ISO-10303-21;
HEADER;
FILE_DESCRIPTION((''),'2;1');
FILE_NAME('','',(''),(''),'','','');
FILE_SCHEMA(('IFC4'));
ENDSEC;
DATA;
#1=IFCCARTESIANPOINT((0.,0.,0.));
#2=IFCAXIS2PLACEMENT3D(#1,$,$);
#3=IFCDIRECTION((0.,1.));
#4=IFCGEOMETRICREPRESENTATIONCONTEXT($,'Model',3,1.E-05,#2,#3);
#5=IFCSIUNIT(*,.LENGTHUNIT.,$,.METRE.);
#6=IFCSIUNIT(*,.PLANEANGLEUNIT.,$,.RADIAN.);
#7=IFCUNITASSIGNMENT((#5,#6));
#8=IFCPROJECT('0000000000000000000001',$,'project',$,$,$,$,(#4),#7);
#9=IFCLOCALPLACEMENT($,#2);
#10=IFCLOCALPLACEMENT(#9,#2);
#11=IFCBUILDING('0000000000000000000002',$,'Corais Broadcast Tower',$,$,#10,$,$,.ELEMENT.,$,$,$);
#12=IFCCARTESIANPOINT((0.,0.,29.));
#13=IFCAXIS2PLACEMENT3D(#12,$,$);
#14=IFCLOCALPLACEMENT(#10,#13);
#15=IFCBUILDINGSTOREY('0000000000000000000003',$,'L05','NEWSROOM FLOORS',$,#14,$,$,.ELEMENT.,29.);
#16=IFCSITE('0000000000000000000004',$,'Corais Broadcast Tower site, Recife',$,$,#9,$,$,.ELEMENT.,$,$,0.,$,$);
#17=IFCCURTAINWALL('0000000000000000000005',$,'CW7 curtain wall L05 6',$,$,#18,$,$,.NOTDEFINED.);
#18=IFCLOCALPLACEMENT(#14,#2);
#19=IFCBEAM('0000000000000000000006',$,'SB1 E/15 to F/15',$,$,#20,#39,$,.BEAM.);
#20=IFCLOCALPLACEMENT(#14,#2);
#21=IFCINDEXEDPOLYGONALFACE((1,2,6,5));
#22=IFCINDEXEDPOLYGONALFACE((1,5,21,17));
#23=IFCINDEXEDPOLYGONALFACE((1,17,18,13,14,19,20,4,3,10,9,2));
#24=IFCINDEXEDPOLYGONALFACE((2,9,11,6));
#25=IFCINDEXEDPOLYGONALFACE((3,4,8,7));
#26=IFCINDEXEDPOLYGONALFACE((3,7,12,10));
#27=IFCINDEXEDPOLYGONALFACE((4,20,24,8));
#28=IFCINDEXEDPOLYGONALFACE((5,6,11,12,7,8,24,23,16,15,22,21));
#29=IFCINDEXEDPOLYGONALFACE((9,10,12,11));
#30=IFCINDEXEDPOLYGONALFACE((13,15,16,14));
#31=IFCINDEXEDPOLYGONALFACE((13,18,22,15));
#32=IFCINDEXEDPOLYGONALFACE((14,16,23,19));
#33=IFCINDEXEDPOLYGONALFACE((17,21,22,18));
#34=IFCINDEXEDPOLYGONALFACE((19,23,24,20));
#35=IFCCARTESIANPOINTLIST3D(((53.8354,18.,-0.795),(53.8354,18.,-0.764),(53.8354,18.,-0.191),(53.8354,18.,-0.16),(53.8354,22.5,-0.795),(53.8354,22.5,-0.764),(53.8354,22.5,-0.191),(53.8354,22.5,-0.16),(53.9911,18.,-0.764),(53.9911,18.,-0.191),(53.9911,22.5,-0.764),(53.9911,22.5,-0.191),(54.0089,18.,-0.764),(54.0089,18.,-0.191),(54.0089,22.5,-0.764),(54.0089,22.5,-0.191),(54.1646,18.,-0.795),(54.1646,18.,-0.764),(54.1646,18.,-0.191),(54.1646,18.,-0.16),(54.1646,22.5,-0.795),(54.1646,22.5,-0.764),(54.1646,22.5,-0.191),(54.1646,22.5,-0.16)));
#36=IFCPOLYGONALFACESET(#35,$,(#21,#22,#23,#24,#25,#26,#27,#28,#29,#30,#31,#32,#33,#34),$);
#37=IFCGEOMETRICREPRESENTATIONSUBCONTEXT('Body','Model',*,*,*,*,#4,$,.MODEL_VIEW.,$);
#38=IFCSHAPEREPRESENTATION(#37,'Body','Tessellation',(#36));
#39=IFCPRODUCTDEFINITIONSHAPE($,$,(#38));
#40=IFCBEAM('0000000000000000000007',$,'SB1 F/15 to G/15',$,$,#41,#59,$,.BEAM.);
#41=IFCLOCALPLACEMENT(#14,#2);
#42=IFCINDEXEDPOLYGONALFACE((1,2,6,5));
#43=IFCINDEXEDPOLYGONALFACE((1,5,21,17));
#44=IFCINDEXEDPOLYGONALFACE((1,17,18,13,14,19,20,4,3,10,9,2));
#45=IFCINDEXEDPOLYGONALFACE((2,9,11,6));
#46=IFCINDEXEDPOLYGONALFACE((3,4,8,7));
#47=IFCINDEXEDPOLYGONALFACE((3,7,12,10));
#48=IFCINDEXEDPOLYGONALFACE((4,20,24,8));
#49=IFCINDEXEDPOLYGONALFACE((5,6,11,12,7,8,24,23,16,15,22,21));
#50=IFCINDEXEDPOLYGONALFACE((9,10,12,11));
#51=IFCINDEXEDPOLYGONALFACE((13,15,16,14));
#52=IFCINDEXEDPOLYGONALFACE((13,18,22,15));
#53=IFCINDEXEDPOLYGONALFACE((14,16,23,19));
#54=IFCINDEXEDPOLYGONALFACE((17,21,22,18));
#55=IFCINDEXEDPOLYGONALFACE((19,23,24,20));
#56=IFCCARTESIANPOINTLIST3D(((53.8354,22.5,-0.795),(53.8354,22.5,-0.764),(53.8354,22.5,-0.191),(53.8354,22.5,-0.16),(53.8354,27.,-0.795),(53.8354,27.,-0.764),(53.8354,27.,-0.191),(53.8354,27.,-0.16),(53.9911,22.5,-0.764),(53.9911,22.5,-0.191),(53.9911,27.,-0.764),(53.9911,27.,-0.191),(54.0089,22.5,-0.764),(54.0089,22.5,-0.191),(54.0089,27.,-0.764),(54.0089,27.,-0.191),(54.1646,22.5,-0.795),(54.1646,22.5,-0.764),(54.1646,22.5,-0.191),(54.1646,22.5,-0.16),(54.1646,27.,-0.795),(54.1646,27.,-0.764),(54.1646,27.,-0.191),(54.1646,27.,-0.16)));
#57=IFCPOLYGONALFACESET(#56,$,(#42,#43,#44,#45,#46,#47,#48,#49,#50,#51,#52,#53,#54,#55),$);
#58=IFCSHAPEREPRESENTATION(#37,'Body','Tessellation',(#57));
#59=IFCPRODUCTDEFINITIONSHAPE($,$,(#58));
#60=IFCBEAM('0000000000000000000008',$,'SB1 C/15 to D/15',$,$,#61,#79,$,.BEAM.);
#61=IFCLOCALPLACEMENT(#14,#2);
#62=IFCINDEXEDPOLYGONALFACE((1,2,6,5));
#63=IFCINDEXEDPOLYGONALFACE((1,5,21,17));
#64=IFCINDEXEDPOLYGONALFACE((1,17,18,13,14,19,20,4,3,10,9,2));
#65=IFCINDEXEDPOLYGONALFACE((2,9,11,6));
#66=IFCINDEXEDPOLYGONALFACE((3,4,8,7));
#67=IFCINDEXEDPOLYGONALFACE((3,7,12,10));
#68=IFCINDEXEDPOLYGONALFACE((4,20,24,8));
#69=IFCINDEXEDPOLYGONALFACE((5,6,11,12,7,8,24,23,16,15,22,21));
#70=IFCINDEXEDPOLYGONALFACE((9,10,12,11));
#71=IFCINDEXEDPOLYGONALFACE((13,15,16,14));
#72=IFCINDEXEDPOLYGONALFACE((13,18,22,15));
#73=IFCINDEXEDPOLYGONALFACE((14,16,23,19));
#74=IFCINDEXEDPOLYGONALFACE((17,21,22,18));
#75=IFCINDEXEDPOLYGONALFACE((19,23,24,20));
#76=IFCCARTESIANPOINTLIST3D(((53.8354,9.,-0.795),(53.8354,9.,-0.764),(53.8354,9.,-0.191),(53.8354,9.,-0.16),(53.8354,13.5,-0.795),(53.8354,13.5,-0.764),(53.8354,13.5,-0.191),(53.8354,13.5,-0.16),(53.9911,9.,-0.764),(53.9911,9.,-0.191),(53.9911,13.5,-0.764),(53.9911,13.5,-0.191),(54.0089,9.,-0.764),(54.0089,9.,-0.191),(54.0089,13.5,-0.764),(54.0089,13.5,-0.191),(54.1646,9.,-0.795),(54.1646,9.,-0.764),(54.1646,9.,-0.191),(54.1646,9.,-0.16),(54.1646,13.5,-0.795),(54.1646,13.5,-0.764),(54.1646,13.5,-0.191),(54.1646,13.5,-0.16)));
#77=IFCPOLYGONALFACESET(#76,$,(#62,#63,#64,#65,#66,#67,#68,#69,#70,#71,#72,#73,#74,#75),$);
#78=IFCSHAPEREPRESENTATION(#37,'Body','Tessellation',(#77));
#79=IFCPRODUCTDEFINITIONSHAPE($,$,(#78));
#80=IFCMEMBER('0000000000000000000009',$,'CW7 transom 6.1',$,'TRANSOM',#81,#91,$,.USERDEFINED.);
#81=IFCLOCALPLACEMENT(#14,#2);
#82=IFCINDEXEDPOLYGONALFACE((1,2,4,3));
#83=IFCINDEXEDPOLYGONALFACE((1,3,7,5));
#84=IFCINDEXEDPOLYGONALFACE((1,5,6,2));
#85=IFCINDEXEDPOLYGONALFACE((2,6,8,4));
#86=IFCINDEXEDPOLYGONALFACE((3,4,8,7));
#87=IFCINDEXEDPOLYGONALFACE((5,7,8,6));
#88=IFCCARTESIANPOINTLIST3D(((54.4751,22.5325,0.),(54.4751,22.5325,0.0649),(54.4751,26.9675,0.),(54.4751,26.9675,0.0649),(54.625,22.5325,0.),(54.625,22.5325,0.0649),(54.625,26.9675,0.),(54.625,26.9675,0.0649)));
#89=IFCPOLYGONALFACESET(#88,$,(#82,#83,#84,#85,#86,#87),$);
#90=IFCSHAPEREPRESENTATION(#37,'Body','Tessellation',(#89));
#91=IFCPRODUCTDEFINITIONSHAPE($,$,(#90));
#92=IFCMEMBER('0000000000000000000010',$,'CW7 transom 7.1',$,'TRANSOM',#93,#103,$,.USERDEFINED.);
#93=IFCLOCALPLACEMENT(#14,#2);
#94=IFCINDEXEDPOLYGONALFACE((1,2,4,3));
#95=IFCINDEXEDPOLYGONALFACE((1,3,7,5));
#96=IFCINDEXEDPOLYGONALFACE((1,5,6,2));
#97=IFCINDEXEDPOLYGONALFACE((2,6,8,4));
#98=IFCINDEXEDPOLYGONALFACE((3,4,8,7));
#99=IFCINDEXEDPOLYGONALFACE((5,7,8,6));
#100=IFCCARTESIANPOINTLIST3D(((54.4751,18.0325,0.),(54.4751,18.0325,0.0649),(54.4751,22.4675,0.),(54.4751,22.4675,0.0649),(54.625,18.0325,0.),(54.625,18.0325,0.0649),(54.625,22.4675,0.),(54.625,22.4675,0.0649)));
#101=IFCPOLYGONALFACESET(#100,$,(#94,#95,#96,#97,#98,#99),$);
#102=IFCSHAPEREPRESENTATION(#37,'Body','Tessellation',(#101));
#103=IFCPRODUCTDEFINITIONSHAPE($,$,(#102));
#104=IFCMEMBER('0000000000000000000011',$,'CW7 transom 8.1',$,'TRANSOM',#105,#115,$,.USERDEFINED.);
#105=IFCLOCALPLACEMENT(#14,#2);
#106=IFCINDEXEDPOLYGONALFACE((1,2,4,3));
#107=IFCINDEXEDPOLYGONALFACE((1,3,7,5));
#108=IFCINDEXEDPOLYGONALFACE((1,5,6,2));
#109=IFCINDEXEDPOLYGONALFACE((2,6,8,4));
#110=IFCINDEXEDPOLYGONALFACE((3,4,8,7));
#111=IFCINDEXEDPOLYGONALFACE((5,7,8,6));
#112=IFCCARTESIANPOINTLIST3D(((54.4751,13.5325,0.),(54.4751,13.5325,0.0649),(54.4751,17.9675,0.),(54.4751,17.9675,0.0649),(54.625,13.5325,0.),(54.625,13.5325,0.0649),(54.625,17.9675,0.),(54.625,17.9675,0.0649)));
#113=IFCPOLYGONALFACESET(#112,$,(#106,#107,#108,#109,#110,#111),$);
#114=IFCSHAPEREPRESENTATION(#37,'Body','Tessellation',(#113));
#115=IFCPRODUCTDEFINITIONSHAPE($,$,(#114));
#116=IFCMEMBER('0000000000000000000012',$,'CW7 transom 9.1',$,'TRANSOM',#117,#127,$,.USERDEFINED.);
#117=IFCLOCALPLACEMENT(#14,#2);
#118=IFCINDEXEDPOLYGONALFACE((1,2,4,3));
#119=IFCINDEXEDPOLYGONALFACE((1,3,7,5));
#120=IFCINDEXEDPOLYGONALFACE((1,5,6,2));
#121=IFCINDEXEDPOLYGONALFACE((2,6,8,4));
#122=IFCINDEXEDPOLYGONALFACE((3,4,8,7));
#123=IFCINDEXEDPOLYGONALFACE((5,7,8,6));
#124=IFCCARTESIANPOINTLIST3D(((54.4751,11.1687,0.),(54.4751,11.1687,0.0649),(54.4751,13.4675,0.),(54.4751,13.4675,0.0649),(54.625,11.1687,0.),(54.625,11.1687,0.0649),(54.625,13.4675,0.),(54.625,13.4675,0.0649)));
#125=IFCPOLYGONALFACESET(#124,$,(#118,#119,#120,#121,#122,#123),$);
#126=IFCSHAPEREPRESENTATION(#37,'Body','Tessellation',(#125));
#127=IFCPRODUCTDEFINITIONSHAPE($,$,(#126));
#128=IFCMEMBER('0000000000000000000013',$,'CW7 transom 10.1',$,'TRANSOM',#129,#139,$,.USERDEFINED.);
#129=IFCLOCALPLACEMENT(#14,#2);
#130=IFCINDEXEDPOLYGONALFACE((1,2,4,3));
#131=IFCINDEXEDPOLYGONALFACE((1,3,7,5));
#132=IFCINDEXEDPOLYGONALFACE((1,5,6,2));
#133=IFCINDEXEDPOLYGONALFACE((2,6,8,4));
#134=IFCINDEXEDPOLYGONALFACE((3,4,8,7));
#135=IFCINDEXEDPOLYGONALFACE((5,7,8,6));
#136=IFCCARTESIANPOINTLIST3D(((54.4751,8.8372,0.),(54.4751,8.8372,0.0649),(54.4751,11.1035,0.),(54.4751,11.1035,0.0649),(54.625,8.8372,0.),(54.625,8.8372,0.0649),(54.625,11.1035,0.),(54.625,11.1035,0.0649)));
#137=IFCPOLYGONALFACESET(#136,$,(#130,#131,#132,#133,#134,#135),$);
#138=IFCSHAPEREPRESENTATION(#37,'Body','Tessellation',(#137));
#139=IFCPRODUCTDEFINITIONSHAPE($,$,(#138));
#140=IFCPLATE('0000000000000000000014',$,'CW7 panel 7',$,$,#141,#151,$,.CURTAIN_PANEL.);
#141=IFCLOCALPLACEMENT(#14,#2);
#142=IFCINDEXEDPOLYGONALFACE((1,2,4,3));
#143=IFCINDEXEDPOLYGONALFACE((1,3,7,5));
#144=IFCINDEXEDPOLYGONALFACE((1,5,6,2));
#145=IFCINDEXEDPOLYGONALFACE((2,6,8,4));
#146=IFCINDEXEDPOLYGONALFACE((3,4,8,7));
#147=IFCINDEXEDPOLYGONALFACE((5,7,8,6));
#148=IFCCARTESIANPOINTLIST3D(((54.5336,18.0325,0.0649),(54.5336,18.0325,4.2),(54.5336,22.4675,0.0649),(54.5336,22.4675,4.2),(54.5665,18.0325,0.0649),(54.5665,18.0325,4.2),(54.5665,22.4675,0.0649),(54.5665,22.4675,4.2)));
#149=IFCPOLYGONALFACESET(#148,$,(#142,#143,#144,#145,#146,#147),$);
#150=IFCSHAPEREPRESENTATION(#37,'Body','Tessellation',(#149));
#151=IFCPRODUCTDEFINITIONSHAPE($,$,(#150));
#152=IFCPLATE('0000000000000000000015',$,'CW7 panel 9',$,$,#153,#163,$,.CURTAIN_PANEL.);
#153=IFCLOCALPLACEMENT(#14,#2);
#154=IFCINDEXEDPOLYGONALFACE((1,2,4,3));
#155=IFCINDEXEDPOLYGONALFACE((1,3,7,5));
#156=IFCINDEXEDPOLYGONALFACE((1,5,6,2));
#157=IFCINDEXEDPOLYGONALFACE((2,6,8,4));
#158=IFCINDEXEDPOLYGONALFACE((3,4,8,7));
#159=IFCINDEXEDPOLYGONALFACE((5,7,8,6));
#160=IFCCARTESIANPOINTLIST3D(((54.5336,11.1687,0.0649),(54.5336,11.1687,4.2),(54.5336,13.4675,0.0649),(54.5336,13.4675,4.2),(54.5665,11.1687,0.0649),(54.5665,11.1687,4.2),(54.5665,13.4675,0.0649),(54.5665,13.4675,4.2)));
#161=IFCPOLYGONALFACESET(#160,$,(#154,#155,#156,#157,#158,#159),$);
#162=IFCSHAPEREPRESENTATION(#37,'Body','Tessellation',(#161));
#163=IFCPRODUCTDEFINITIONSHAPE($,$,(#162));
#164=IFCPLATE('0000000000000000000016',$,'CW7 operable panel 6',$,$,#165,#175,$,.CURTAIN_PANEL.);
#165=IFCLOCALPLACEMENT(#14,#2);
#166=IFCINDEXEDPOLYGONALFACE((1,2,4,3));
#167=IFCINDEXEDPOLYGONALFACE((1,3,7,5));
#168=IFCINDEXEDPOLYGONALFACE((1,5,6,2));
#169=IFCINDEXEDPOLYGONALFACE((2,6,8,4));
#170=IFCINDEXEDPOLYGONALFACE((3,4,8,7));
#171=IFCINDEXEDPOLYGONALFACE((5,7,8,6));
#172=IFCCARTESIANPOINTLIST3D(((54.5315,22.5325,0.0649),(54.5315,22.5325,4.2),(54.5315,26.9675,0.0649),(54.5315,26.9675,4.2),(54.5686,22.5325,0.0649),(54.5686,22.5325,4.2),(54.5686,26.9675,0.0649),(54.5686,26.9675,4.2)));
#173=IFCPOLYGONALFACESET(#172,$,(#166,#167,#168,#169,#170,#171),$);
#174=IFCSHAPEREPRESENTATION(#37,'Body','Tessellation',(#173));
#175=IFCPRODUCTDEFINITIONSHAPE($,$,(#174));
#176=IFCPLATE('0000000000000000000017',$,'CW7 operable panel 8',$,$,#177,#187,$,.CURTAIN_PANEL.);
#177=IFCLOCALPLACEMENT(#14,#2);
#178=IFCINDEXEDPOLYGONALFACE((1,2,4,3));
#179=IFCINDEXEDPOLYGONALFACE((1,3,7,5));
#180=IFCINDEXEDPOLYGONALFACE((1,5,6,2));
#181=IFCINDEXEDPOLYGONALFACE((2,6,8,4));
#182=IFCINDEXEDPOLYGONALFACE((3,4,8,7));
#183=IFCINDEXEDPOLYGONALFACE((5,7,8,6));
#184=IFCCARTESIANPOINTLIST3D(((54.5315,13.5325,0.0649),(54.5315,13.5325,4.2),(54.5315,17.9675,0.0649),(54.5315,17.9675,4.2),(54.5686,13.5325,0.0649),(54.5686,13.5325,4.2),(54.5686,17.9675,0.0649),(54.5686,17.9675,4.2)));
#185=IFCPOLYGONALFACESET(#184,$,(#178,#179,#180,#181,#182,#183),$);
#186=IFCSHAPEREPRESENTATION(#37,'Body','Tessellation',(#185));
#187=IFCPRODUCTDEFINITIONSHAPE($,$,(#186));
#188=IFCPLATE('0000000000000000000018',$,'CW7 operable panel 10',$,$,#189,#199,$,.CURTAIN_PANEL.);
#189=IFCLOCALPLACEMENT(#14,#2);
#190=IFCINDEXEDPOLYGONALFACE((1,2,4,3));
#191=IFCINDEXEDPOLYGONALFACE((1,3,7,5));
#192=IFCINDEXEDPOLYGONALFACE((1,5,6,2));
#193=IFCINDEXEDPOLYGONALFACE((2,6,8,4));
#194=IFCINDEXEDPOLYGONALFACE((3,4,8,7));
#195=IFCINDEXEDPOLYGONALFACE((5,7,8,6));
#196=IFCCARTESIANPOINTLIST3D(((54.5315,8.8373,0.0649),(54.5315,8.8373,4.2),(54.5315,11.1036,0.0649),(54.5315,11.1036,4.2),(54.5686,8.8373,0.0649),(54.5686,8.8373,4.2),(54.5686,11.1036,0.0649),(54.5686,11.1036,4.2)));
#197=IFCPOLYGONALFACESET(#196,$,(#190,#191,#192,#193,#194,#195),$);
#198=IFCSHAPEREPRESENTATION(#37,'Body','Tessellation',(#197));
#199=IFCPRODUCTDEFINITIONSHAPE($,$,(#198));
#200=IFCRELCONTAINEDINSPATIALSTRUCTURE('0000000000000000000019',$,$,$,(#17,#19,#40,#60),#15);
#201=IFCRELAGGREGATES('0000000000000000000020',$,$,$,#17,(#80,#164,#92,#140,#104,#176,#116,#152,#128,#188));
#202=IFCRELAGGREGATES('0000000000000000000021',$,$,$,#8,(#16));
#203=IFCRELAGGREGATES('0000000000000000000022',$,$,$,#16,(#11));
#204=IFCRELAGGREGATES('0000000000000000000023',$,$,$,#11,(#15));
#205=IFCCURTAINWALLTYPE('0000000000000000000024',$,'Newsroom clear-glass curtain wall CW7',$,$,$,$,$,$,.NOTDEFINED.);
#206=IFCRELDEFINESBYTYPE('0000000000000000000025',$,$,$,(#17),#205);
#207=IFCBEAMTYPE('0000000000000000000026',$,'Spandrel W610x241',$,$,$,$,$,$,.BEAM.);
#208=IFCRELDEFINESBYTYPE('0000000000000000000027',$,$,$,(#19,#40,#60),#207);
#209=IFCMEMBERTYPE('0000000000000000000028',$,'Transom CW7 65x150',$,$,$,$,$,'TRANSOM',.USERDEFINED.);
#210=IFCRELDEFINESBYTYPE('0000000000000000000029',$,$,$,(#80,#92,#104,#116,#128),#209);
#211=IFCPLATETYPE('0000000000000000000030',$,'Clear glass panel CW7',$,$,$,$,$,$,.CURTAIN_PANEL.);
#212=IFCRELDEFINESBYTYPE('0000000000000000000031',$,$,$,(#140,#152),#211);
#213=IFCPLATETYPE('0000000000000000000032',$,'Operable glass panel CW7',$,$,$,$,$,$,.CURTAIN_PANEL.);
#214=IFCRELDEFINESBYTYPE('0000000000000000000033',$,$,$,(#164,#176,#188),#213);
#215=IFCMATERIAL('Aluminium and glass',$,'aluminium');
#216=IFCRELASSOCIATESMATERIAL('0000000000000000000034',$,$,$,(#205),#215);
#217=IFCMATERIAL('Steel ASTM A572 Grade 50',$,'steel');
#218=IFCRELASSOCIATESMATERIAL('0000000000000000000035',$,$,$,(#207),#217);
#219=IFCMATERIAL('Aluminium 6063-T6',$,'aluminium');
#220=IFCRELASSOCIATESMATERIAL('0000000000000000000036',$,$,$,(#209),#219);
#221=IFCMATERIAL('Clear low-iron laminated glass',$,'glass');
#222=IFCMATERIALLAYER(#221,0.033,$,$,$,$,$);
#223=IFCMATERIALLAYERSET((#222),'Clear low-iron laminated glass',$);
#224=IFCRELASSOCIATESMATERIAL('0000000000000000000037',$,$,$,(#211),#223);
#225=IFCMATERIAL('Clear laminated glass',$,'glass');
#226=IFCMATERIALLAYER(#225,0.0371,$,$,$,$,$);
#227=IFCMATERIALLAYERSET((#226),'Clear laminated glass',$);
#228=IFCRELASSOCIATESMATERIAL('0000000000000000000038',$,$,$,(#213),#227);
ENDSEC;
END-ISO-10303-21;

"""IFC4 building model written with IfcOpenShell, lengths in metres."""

from ifc_helpers import new_model, si_unit, direction, frame, origin, origin_2d, place, context, subcontext, project, spatial, rectangle, i_section, extrude, material, layer, layer_set, material_profile, profile_set, type_object, element, aggregate, save


model = new_model("IFC4")

# Units and contexts
model_context = context("Model", 3, precision=1e-05, world=origin(), true_north=direction((0.0, 1.0)))
body_context = subcontext(model_context, "Body", "Model", "MODEL_VIEW")
ifc_project = project(units=[si_unit("LENGTHUNIT", "METRE"), si_unit("PLANEANGLEUNIT", "RADIAN")], contexts=[model_context])

# Site, building, storey
site_placement = place(None, origin())
site = spatial("IfcSite", under=ifc_project, at=site_placement, Name="Corais Broadcast Tower site, Recife", CompositionType="ELEMENT", RefElevation=0.0)
building_placement = place(site_placement, origin())
building = spatial("IfcBuilding", under=site, at=building_placement, Name="Corais Broadcast Tower", CompositionType="ELEMENT")
storey_placement = place(building_placement, frame((0.0, 0.0, 29.0)))
storey = spatial("IfcBuildingStorey", under=building, at=storey_placement, Name="L05", Description="NEWSROOM FLOORS", CompositionType="ELEMENT", Elevation=29.0)

# Curtain wall
ifc_material_1 = material(Name="Aluminium and glass", Category="aluminium")
curtain_wall_type = type_object("IfcCurtainWallType", Name="Newsroom clear-glass curtain wall CW7", PredefinedType="NOTDEFINED", material=ifc_material_1)
curtain_wall_placement = place(storey_placement, origin())
curtain_wall = element("IfcCurtainWall", 1, at=curtain_wall_placement, inside=storey, type_object=curtain_wall_type, Name="CW7 curtain wall L05 6", PredefinedType="NOTDEFINED")

# Beams
ifc_material_2 = material(Name="Steel ASTM A572 Grade 50", Category="steel")
ifc_material_profile_1 = material_profile(ifc_material_2, i_section(OverallWidth=0.3291, OverallDepth=0.635, WebThickness=0.0178, FlangeThickness=0.031, at=origin_2d()), Name="W610x241")
ifc_profile_set_1 = profile_set([ifc_material_profile_1], Name="Steel ASTM A572 Grade 50")
beam_type_1 = type_object("IfcBeamType", Name="Spandrel W610x241", PredefinedType="BEAM", material=ifc_profile_set_1)
for number, where, z_axis, x_axis, name in (
    (2, (54.0, 18.0, -0.4775), (0.0, 1.0, 0.0), (-1.0, 0.0, 0.0), "SB1 E/15 to F/15"),
    (3, (54.0, 22.5, -0.4775), (0.0, 1.0, 0.0), (-1.0, 0.0, 0.0), "SB1 F/15 to G/15"),
    (4, (54.0, 9.0, -0.4775), (0.0, 1.0, 0.0), (-1.0, 0.0, 0.0), "SB1 C/15 to D/15"),
):
    element("IfcBeam", number, at=place(storey_placement, frame(where, z_axis=z_axis, x_axis=x_axis)), inside=storey, type_object=beam_type_1, Name=name, PredefinedType="BEAM", context=body_context, shape_type="SweptSolid", body=[
        extrude(i_section(OverallWidth=0.3291, OverallDepth=0.635, WebThickness=0.0178, FlangeThickness=0.031, at=origin_2d()), origin(), (0.0, 0.0, 1.0), 4.5),
    ])

# Members
ifc_material_3 = material(Name="Aluminium 6063-T6", Category="aluminium")
ifc_material_profile_2 = material_profile(ifc_material_3, rectangle(XDim=0.1499, YDim=0.0649, at=origin_2d()), Name="Transom CW7 65x150")
ifc_profile_set_2 = profile_set([ifc_material_profile_2], Name="Aluminium 6063-T6")
member_type_1 = type_object("IfcMemberType", Name="Transom CW7 65x150", ElementType="TRANSOM", PredefinedType="USERDEFINED", material=ifc_profile_set_2)
member_1_placement = place(storey_placement, frame((54.55, 26.9675, 0.0325), z_axis=(0.0, -1.0, 0.0), x_axis=(1.0, 0.0, 0.0)))
member_1 = element("IfcMember", 5, at=member_1_placement, type_object=member_type_1, Name="CW7 transom 6.1", ObjectType="TRANSOM", PredefinedType="USERDEFINED", context=body_context, shape_type="SweptSolid", body=[
    extrude(rectangle(XDim=0.1499, YDim=0.0649, at=origin_2d()), origin(), (0.0, 0.0, 1.0), 4.4351),
])
member_2_placement = place(storey_placement, frame((54.55, 22.4675, 0.0325), z_axis=(0.0, -1.0, 0.0), x_axis=(1.0, 0.0, 0.0)))
member_2 = element("IfcMember", 6, at=member_2_placement, type_object=member_type_1, Name="CW7 transom 7.1", ObjectType="TRANSOM", PredefinedType="USERDEFINED", context=body_context, shape_type="SweptSolid", body=[
    extrude(rectangle(XDim=0.1499, YDim=0.0649, at=origin_2d()), origin(), (0.0, 0.0, 1.0), 4.4351),
])
member_3_placement = place(storey_placement, frame((54.55, 17.9675, 0.0325), z_axis=(0.0, -1.0, 0.0), x_axis=(1.0, 0.0, 0.0)))
member_3 = element("IfcMember", 7, at=member_3_placement, type_object=member_type_1, Name="CW7 transom 8.1", ObjectType="TRANSOM", PredefinedType="USERDEFINED", context=body_context, shape_type="SweptSolid", body=[
    extrude(rectangle(XDim=0.1499, YDim=0.0649, at=origin_2d()), origin(), (0.0, 0.0, 1.0), 4.4351),
])
member_4_placement = place(storey_placement, frame((54.55, 13.4675, 0.0325), z_axis=(0.0, -1.0, 0.0), x_axis=(1.0, 0.0, 0.0)))
member_4 = element("IfcMember", 8, at=member_4_placement, type_object=member_type_1, Name="CW7 transom 9.1", ObjectType="TRANSOM", PredefinedType="USERDEFINED", context=body_context, shape_type="SweptSolid", body=[
    extrude(rectangle(XDim=0.1499, YDim=0.0649, at=origin_2d()), origin(), (0.0, 0.0, 1.0), 2.2988),
])
member_5_placement = place(storey_placement, frame((54.55, 11.1035, 0.0325), z_axis=(0.0, -1.0, 0.0), x_axis=(1.0, 0.0, 0.0)))
member_5 = element("IfcMember", 9, at=member_5_placement, type_object=member_type_1, Name="CW7 transom 10.1", ObjectType="TRANSOM", PredefinedType="USERDEFINED", context=body_context, shape_type="SweptSolid", body=[
    extrude(rectangle(XDim=0.1499, YDim=0.0649, at=origin_2d()), origin(), (0.0, 0.0, 1.0), 2.2664),
])

# Plates
ifc_material_4 = material(Name="Clear low-iron laminated glass", Category="glass")
ifc_layer_1 = layer(ifc_material_4, 0.033)
ifc_layer_set_1 = layer_set([ifc_layer_1], Name="Clear low-iron laminated glass")
plate_type_1 = type_object("IfcPlateType", Name="Clear glass panel CW7", PredefinedType="CURTAIN_PANEL", material=ifc_layer_set_1)
plate_1_placement = place(storey_placement, frame((54.55, 20.25, 0.0649), z_axis=(0.0, 0.0, 1.0), x_axis=(0.0, -1.0, 0.0)))
plate_1 = element("IfcPlate", 10, at=plate_1_placement, type_object=plate_type_1, Name="CW7 panel 7", PredefinedType="CURTAIN_PANEL", context=body_context, shape_type="SweptSolid", body=[
    extrude(rectangle(XDim=4.4351, YDim=0.033, at=origin_2d()), origin(), (0.0, 0.0, 1.0), 4.135),
])
plate_2_placement = place(storey_placement, frame((54.55, 12.3181, 0.0649), z_axis=(0.0, 0.0, 1.0), x_axis=(0.0, -1.0, 0.0)))
plate_2 = element("IfcPlate", 11, at=plate_2_placement, type_object=plate_type_1, Name="CW7 panel 9", PredefinedType="CURTAIN_PANEL", context=body_context, shape_type="SweptSolid", body=[
    extrude(rectangle(XDim=2.2988, YDim=0.033, at=origin_2d()), origin(), (0.0, 0.0, 1.0), 4.135),
])
ifc_material_5 = material(Name="Clear laminated glass", Category="glass")
ifc_layer_2 = layer(ifc_material_5, 0.0371)
ifc_layer_set_2 = layer_set([ifc_layer_2], Name="Clear laminated glass")
plate_type_2 = type_object("IfcPlateType", Name="Operable glass panel CW7", PredefinedType="CURTAIN_PANEL", material=ifc_layer_set_2)
plate_3_placement = place(storey_placement, frame((54.55, 24.75, 0.0649), z_axis=(0.0, 0.0, 1.0), x_axis=(0.0, -1.0, 0.0)))
plate_3 = element("IfcPlate", 12, at=plate_3_placement, type_object=plate_type_2, Name="CW7 operable panel 6", PredefinedType="CURTAIN_PANEL", context=body_context, shape_type="SweptSolid", body=[
    extrude(rectangle(XDim=4.4351, YDim=0.0371, at=origin_2d()), origin(), (0.0, 0.0, 1.0), 4.135),
])
plate_4_placement = place(storey_placement, frame((54.55, 15.75, 0.0649), z_axis=(0.0, 0.0, 1.0), x_axis=(0.0, -1.0, 0.0)))
plate_4 = element("IfcPlate", 13, at=plate_4_placement, type_object=plate_type_2, Name="CW7 operable panel 8", PredefinedType="CURTAIN_PANEL", context=body_context, shape_type="SweptSolid", body=[
    extrude(rectangle(XDim=4.4351, YDim=0.0371, at=origin_2d()), origin(), (0.0, 0.0, 1.0), 4.135),
])
plate_5_placement = place(storey_placement, frame((54.55, 9.9705, 0.0649), z_axis=(0.0, 0.0, 1.0), x_axis=(0.0, -1.0, 0.0)))
plate_5 = element("IfcPlate", 14, at=plate_5_placement, type_object=plate_type_2, Name="CW7 operable panel 10", PredefinedType="CURTAIN_PANEL", context=body_context, shape_type="SweptSolid", body=[
    extrude(rectangle(XDim=2.2664, YDim=0.0371, at=origin_2d()), origin(), (0.0, 0.0, 1.0), 4.135),
])
aggregate(curtain_wall, [member_1, plate_3, member_2, plate_1, member_3, plate_4, member_4, plate_2, member_5, plate_5])

save(model, "model.ifc")
